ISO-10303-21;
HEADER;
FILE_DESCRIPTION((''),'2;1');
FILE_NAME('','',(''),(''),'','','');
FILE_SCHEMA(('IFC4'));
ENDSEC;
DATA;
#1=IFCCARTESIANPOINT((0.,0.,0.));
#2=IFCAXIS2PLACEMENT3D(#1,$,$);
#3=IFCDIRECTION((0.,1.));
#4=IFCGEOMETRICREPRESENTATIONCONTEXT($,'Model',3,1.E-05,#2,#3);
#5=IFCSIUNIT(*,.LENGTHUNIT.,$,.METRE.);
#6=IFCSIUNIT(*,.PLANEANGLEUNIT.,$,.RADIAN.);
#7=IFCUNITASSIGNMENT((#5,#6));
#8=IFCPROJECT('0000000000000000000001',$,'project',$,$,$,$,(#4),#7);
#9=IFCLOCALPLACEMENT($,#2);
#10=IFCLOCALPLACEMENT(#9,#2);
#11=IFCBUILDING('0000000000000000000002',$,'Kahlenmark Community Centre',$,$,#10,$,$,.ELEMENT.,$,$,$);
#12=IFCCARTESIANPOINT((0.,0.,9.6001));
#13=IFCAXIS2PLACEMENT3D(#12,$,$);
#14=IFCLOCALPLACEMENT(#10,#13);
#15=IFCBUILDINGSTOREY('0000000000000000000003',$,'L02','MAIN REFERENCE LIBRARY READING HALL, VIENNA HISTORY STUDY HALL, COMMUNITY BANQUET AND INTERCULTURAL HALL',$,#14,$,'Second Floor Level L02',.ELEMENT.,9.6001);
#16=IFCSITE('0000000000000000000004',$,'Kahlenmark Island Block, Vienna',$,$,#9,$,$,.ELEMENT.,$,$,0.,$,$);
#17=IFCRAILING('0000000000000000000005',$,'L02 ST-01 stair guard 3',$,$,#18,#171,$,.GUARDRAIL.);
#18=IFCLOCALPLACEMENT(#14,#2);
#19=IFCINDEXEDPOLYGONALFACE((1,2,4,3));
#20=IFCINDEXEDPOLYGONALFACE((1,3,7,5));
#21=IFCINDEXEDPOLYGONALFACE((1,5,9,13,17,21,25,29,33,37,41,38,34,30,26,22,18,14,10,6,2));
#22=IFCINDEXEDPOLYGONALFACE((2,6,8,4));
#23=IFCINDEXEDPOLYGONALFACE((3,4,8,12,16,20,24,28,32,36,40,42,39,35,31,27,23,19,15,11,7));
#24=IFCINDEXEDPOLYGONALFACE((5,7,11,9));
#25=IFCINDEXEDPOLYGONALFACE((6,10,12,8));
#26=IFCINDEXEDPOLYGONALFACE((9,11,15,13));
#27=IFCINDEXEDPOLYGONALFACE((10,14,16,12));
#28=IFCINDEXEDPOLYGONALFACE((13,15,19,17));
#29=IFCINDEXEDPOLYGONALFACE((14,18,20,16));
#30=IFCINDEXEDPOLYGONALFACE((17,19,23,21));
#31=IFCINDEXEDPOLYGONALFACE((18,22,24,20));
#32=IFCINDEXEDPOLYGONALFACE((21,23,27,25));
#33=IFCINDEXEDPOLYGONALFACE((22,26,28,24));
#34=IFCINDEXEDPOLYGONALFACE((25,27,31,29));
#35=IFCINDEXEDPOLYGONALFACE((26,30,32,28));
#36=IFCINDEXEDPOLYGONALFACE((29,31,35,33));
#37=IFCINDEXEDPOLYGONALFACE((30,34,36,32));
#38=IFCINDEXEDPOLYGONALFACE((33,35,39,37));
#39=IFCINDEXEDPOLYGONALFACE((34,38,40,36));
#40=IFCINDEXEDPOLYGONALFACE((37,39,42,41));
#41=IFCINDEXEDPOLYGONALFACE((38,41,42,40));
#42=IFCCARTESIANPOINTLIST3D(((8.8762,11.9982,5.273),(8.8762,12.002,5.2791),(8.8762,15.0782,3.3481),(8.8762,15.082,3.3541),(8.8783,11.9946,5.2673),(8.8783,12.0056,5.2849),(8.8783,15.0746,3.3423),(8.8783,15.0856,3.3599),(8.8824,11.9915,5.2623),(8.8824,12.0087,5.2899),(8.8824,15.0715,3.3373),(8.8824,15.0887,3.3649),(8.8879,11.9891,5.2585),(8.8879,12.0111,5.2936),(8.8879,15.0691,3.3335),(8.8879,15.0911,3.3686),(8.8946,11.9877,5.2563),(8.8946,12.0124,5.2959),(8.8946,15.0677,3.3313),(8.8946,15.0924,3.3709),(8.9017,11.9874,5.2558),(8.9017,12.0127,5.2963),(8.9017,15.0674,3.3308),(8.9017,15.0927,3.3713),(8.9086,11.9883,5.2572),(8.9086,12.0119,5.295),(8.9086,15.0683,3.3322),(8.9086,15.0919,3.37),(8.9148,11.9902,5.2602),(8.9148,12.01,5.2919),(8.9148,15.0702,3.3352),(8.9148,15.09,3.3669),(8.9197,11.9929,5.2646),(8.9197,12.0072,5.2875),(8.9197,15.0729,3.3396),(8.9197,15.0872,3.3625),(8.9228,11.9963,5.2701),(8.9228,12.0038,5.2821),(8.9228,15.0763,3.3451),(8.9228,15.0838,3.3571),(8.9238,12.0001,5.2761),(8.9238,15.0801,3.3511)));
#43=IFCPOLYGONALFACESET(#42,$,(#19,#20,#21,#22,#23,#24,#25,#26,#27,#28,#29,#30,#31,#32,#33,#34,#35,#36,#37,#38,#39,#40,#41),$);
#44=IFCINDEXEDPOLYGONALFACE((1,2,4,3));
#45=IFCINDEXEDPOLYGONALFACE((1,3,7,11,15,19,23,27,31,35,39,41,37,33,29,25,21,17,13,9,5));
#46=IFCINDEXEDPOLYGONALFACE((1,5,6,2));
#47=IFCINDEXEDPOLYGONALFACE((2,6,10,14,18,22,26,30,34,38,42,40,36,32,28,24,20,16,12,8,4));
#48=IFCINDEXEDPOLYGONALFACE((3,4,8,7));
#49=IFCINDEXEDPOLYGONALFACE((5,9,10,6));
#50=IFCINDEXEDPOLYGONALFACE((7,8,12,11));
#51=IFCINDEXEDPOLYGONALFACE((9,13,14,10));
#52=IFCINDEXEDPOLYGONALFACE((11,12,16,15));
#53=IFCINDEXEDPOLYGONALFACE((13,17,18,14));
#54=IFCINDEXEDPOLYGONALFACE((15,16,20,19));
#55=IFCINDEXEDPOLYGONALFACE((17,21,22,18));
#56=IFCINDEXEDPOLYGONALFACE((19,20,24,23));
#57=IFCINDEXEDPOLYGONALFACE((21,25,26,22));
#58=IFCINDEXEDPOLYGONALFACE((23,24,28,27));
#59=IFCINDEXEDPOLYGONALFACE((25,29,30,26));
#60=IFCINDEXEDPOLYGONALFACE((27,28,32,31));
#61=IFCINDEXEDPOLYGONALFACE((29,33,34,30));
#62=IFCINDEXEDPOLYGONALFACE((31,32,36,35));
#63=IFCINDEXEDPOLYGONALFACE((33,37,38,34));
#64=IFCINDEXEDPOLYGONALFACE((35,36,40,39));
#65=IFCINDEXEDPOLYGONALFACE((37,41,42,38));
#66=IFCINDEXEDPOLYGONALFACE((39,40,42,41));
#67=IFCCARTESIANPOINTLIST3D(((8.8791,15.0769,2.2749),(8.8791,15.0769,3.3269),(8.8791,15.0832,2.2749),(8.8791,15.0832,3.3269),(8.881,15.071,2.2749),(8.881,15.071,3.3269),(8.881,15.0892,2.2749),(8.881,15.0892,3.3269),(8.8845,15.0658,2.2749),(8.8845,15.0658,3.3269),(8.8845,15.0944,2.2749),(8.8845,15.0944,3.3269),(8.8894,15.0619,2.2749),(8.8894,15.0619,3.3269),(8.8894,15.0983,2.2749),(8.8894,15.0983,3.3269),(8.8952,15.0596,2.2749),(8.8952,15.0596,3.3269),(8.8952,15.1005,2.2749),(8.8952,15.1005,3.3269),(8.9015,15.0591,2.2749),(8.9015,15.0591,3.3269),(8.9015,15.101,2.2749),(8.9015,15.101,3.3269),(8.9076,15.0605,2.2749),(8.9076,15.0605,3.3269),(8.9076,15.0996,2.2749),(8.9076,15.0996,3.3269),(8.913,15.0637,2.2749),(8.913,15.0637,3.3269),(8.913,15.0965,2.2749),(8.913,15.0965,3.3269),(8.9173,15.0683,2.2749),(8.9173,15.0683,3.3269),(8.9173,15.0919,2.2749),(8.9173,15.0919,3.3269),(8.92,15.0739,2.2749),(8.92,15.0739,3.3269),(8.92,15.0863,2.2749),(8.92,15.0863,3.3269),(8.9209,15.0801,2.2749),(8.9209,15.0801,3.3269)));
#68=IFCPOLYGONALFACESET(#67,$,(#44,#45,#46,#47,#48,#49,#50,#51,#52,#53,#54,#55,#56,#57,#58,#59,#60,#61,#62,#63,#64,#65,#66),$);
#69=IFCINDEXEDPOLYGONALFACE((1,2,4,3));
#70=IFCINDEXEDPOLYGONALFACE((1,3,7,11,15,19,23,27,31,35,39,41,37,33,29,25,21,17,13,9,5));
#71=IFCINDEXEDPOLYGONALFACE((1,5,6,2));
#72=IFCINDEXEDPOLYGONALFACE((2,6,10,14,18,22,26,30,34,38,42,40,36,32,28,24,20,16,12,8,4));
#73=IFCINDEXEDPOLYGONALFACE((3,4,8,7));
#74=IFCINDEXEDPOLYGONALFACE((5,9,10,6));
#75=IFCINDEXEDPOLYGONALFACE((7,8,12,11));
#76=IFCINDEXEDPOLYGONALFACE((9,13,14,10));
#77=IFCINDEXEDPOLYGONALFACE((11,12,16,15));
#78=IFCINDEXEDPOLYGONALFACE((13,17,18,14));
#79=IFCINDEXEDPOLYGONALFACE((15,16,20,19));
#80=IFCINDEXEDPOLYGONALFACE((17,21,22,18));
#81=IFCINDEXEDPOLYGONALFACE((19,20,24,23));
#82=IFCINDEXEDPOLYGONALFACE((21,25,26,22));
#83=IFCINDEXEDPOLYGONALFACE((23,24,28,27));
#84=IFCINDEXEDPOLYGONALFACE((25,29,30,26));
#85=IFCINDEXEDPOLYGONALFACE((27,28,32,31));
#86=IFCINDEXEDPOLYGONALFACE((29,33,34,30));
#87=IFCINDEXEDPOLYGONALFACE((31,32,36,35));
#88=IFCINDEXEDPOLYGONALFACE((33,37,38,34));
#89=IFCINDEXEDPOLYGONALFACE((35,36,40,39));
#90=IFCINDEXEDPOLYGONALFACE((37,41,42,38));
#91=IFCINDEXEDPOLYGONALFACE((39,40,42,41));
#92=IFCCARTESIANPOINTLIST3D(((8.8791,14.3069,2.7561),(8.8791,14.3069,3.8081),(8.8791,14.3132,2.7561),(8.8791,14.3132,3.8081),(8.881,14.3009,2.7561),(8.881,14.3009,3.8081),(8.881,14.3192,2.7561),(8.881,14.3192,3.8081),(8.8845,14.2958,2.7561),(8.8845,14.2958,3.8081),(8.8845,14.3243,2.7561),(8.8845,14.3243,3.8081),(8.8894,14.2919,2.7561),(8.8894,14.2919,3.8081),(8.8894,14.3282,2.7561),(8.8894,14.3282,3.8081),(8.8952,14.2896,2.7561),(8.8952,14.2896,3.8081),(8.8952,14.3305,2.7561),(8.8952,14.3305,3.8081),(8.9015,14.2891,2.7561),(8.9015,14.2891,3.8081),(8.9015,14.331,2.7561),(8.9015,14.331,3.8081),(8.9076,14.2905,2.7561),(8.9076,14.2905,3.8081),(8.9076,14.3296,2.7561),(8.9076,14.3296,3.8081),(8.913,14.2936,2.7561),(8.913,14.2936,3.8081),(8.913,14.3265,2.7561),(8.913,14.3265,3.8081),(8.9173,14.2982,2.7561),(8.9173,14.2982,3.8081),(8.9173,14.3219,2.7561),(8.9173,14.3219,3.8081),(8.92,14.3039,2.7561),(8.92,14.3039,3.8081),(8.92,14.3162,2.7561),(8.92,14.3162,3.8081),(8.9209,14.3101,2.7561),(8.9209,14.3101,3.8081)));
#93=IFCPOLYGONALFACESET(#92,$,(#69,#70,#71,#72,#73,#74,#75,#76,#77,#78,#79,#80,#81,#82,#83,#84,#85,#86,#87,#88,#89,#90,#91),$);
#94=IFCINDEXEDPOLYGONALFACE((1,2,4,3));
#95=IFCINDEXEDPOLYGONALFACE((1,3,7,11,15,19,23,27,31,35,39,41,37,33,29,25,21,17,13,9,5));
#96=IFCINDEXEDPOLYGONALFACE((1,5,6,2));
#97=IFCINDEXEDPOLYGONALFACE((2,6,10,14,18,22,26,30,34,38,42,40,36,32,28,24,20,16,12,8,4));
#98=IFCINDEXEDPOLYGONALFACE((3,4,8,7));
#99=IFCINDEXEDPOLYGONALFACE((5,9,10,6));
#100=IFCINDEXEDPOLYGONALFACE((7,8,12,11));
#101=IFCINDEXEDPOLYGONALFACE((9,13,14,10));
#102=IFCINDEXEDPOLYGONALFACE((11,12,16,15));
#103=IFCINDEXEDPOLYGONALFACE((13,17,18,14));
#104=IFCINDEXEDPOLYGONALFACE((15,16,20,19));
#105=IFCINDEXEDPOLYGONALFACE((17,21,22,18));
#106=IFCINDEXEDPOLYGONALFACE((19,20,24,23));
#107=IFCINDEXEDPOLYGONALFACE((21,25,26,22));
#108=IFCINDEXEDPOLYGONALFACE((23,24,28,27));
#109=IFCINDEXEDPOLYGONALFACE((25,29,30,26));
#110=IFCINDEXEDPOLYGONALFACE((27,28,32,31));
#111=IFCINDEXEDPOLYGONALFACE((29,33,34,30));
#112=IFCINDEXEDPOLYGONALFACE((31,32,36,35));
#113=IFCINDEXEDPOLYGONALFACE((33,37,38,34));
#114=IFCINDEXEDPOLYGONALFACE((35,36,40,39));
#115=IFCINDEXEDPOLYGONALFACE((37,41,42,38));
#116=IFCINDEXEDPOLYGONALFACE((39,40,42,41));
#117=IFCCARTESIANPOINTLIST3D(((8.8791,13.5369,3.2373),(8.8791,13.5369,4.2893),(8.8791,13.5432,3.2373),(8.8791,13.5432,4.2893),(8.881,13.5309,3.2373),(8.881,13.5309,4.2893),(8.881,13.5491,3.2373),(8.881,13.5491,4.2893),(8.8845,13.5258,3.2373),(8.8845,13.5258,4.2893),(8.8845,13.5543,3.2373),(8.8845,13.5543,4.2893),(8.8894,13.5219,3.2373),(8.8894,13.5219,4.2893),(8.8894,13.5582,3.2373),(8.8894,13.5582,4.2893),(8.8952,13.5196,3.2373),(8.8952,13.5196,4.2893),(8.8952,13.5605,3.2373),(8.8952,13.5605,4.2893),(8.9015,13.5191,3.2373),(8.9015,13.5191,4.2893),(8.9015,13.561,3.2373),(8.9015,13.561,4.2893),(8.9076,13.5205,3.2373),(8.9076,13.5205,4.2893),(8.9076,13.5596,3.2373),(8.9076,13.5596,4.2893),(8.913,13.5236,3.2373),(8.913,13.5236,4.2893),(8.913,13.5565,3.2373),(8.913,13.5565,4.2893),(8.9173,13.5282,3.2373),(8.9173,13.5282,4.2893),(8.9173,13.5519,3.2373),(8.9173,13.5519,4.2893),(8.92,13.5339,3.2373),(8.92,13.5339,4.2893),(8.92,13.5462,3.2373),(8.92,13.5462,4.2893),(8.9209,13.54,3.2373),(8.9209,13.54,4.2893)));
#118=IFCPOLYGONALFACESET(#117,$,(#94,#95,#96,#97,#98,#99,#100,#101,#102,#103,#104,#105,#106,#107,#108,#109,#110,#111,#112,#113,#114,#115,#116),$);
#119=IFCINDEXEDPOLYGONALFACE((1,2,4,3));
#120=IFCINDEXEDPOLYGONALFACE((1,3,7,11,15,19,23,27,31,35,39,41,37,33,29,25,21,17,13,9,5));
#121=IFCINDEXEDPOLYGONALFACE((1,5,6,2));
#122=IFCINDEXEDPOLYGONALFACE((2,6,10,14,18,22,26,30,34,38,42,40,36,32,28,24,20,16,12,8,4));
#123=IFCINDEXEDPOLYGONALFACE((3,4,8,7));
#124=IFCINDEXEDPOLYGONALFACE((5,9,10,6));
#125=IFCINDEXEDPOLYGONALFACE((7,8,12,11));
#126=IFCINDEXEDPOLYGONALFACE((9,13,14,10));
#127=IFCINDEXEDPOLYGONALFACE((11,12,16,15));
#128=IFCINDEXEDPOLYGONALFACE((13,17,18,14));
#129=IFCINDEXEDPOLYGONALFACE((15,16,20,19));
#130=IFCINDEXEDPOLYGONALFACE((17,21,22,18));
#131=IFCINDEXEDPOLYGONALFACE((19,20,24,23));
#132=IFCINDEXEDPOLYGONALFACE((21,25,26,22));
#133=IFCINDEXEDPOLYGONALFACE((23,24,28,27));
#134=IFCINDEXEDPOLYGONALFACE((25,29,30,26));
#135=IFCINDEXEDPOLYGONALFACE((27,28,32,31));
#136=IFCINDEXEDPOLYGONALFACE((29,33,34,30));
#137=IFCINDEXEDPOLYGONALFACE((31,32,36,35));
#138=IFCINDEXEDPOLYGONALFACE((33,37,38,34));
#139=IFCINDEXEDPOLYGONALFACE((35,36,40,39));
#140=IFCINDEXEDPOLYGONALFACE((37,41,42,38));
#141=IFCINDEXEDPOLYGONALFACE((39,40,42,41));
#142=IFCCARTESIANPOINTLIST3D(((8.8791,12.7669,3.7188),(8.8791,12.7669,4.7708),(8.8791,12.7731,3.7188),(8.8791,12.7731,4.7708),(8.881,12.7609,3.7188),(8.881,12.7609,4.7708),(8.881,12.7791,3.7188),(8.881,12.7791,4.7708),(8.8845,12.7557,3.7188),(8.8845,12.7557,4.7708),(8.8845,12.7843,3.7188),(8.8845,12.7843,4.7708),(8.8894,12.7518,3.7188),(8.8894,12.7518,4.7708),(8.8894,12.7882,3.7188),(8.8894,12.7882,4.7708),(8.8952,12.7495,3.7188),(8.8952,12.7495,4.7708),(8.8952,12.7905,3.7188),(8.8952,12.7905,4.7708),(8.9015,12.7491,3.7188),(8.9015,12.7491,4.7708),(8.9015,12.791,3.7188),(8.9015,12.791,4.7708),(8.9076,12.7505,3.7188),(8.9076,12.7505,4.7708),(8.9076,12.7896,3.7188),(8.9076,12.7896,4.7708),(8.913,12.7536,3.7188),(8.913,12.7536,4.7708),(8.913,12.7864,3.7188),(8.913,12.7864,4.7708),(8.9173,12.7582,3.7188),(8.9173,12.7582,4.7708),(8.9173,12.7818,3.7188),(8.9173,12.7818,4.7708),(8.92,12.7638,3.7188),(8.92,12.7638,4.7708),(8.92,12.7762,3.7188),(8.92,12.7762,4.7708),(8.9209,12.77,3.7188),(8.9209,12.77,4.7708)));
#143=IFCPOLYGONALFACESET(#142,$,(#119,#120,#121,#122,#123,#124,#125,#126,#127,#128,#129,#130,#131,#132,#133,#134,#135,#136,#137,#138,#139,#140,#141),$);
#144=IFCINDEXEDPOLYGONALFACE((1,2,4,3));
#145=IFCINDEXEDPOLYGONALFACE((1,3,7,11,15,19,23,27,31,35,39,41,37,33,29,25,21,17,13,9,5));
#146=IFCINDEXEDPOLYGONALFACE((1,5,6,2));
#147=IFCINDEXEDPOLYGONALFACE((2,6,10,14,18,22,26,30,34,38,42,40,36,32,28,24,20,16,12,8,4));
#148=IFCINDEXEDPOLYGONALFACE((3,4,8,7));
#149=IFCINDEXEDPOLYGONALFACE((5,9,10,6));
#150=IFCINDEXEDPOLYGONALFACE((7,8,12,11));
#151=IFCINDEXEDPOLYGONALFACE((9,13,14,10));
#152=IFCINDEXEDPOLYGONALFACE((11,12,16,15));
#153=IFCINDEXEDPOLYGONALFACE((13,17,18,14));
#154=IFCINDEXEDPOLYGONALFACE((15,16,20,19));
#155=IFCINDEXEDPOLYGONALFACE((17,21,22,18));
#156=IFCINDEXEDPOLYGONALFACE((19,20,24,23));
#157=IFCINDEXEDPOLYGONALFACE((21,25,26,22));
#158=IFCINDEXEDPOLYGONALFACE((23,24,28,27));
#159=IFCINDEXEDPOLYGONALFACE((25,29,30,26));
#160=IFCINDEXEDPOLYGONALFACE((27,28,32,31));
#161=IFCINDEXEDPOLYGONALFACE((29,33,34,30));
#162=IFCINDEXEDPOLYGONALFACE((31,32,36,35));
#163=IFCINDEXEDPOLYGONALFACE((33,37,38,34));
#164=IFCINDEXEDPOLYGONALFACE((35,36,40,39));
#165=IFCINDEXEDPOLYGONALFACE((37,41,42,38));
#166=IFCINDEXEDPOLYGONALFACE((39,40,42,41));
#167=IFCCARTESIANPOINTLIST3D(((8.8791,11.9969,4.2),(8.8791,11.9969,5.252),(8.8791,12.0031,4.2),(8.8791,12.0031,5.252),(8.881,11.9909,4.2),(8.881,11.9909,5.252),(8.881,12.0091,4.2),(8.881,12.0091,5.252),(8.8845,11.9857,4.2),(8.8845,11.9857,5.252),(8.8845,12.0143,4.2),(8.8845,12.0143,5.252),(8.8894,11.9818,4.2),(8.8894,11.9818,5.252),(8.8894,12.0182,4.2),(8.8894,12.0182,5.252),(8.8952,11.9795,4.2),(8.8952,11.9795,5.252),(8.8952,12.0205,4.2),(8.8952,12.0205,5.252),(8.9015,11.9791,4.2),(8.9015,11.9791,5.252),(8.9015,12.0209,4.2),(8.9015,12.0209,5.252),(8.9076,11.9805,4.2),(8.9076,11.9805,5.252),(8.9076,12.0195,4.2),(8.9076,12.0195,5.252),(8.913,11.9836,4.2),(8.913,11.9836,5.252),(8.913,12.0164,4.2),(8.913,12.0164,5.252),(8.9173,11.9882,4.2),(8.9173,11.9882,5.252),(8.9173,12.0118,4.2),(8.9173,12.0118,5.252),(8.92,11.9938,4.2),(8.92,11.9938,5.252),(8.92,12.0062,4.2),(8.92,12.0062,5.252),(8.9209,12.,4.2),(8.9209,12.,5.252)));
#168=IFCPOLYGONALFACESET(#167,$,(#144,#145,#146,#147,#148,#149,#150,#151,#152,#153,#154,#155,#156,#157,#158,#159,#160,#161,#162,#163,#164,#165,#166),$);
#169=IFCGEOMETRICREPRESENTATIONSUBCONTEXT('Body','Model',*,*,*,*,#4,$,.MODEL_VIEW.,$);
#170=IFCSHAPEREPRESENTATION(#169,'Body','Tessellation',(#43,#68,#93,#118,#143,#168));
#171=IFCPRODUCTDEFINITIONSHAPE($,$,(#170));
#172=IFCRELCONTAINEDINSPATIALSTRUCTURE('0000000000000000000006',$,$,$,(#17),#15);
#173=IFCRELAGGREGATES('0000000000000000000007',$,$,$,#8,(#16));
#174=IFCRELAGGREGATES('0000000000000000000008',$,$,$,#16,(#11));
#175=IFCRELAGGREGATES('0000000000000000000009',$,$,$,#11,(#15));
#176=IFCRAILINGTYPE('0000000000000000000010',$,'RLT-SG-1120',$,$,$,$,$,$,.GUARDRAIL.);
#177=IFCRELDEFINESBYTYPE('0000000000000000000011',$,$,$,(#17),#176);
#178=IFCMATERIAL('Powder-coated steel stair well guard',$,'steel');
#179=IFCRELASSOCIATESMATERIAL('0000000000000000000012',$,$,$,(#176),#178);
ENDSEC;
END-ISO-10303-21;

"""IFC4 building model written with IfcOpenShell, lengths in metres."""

from ifc_helpers import new_model, si_unit, direction, frame, origin, origin_2d, place, context, subcontext, project, spatial, circle, extrude, material, type_object, element, save


model = new_model("IFC4")

# Units and contexts
model_context = context("Model", 3, precision=1e-05, world=origin(), true_north=direction((0.0, 1.0)))
body_context = subcontext(model_context, "Body", "Model", "MODEL_VIEW")
ifc_project = project(units=[si_unit("LENGTHUNIT", "METRE"), si_unit("PLANEANGLEUNIT", "RADIAN")], contexts=[model_context])

# Site, building, storey
site_placement = place(None, origin())
site = spatial("IfcSite", under=ifc_project, at=site_placement, Name="Kahlenmark Island Block, Vienna", CompositionType="ELEMENT", RefElevation=0.0)
building_placement = place(site_placement, origin())
building = spatial("IfcBuilding", under=site, at=building_placement, Name="Kahlenmark Community Centre", CompositionType="ELEMENT")
storey_placement = place(building_placement, frame((0.0, 0.0, 9.6001)))
storey = spatial("IfcBuildingStorey", under=building, at=storey_placement, Name="L02", Description="MAIN REFERENCE LIBRARY READING HALL, VIENNA HISTORY STUDY HALL, COMMUNITY BANQUET AND INTERCULTURAL HALL", LongName="Second Floor Level L02", CompositionType="ELEMENT", Elevation=9.6001)

# Railing
ifc_material_1 = material(Name="Powder-coated steel stair well guard", Category="steel")
railing_type_1 = type_object("IfcRailingType", Name="RLT-SG-1120", PredefinedType="GUARDRAIL", material=ifc_material_1)
railing_1_placement = place(storey_placement, frame((8.8999, 15.0801, 2.2749)))
element("IfcRailing", 1, at=railing_1_placement, inside=storey, type_object=railing_type_1, Name="L02 ST-01 stair guard 3", PredefinedType="GUARDRAIL", context=body_context, shape_type="SweptSolid", body=[
    extrude(circle(Radius=0.0239, at=origin_2d()), frame((0.0, 0.0, 1.0762), z_axis=(0.0, -0.847998, 0.529999), x_axis=(1.0, 0.0, 0.0)), (0.0, 0.0, 1.0), 3.6321),
    extrude(circle(Radius=0.021, at=origin_2d()), origin(), (0.0, 0.0, 1.0), 1.052),
    extrude(circle(Radius=0.021, at=origin_2d()), frame((0.0, -0.77, 0.4812)), (0.0, 0.0, 1.0), 1.052),
    extrude(circle(Radius=0.021, at=origin_2d()), frame((0.0, -1.54, 0.9624)), (0.0, 0.0, 1.0), 1.052),
    extrude(circle(Radius=0.021, at=origin_2d()), frame((0.0, -2.3101, 1.4438)), (0.0, 0.0, 1.0), 1.052),
    extrude(circle(Radius=0.021, at=origin_2d()), frame((0.0, -3.0801, 1.925)), (0.0, 0.0, 1.0), 1.052),
])

save(model, "model.ifc")
